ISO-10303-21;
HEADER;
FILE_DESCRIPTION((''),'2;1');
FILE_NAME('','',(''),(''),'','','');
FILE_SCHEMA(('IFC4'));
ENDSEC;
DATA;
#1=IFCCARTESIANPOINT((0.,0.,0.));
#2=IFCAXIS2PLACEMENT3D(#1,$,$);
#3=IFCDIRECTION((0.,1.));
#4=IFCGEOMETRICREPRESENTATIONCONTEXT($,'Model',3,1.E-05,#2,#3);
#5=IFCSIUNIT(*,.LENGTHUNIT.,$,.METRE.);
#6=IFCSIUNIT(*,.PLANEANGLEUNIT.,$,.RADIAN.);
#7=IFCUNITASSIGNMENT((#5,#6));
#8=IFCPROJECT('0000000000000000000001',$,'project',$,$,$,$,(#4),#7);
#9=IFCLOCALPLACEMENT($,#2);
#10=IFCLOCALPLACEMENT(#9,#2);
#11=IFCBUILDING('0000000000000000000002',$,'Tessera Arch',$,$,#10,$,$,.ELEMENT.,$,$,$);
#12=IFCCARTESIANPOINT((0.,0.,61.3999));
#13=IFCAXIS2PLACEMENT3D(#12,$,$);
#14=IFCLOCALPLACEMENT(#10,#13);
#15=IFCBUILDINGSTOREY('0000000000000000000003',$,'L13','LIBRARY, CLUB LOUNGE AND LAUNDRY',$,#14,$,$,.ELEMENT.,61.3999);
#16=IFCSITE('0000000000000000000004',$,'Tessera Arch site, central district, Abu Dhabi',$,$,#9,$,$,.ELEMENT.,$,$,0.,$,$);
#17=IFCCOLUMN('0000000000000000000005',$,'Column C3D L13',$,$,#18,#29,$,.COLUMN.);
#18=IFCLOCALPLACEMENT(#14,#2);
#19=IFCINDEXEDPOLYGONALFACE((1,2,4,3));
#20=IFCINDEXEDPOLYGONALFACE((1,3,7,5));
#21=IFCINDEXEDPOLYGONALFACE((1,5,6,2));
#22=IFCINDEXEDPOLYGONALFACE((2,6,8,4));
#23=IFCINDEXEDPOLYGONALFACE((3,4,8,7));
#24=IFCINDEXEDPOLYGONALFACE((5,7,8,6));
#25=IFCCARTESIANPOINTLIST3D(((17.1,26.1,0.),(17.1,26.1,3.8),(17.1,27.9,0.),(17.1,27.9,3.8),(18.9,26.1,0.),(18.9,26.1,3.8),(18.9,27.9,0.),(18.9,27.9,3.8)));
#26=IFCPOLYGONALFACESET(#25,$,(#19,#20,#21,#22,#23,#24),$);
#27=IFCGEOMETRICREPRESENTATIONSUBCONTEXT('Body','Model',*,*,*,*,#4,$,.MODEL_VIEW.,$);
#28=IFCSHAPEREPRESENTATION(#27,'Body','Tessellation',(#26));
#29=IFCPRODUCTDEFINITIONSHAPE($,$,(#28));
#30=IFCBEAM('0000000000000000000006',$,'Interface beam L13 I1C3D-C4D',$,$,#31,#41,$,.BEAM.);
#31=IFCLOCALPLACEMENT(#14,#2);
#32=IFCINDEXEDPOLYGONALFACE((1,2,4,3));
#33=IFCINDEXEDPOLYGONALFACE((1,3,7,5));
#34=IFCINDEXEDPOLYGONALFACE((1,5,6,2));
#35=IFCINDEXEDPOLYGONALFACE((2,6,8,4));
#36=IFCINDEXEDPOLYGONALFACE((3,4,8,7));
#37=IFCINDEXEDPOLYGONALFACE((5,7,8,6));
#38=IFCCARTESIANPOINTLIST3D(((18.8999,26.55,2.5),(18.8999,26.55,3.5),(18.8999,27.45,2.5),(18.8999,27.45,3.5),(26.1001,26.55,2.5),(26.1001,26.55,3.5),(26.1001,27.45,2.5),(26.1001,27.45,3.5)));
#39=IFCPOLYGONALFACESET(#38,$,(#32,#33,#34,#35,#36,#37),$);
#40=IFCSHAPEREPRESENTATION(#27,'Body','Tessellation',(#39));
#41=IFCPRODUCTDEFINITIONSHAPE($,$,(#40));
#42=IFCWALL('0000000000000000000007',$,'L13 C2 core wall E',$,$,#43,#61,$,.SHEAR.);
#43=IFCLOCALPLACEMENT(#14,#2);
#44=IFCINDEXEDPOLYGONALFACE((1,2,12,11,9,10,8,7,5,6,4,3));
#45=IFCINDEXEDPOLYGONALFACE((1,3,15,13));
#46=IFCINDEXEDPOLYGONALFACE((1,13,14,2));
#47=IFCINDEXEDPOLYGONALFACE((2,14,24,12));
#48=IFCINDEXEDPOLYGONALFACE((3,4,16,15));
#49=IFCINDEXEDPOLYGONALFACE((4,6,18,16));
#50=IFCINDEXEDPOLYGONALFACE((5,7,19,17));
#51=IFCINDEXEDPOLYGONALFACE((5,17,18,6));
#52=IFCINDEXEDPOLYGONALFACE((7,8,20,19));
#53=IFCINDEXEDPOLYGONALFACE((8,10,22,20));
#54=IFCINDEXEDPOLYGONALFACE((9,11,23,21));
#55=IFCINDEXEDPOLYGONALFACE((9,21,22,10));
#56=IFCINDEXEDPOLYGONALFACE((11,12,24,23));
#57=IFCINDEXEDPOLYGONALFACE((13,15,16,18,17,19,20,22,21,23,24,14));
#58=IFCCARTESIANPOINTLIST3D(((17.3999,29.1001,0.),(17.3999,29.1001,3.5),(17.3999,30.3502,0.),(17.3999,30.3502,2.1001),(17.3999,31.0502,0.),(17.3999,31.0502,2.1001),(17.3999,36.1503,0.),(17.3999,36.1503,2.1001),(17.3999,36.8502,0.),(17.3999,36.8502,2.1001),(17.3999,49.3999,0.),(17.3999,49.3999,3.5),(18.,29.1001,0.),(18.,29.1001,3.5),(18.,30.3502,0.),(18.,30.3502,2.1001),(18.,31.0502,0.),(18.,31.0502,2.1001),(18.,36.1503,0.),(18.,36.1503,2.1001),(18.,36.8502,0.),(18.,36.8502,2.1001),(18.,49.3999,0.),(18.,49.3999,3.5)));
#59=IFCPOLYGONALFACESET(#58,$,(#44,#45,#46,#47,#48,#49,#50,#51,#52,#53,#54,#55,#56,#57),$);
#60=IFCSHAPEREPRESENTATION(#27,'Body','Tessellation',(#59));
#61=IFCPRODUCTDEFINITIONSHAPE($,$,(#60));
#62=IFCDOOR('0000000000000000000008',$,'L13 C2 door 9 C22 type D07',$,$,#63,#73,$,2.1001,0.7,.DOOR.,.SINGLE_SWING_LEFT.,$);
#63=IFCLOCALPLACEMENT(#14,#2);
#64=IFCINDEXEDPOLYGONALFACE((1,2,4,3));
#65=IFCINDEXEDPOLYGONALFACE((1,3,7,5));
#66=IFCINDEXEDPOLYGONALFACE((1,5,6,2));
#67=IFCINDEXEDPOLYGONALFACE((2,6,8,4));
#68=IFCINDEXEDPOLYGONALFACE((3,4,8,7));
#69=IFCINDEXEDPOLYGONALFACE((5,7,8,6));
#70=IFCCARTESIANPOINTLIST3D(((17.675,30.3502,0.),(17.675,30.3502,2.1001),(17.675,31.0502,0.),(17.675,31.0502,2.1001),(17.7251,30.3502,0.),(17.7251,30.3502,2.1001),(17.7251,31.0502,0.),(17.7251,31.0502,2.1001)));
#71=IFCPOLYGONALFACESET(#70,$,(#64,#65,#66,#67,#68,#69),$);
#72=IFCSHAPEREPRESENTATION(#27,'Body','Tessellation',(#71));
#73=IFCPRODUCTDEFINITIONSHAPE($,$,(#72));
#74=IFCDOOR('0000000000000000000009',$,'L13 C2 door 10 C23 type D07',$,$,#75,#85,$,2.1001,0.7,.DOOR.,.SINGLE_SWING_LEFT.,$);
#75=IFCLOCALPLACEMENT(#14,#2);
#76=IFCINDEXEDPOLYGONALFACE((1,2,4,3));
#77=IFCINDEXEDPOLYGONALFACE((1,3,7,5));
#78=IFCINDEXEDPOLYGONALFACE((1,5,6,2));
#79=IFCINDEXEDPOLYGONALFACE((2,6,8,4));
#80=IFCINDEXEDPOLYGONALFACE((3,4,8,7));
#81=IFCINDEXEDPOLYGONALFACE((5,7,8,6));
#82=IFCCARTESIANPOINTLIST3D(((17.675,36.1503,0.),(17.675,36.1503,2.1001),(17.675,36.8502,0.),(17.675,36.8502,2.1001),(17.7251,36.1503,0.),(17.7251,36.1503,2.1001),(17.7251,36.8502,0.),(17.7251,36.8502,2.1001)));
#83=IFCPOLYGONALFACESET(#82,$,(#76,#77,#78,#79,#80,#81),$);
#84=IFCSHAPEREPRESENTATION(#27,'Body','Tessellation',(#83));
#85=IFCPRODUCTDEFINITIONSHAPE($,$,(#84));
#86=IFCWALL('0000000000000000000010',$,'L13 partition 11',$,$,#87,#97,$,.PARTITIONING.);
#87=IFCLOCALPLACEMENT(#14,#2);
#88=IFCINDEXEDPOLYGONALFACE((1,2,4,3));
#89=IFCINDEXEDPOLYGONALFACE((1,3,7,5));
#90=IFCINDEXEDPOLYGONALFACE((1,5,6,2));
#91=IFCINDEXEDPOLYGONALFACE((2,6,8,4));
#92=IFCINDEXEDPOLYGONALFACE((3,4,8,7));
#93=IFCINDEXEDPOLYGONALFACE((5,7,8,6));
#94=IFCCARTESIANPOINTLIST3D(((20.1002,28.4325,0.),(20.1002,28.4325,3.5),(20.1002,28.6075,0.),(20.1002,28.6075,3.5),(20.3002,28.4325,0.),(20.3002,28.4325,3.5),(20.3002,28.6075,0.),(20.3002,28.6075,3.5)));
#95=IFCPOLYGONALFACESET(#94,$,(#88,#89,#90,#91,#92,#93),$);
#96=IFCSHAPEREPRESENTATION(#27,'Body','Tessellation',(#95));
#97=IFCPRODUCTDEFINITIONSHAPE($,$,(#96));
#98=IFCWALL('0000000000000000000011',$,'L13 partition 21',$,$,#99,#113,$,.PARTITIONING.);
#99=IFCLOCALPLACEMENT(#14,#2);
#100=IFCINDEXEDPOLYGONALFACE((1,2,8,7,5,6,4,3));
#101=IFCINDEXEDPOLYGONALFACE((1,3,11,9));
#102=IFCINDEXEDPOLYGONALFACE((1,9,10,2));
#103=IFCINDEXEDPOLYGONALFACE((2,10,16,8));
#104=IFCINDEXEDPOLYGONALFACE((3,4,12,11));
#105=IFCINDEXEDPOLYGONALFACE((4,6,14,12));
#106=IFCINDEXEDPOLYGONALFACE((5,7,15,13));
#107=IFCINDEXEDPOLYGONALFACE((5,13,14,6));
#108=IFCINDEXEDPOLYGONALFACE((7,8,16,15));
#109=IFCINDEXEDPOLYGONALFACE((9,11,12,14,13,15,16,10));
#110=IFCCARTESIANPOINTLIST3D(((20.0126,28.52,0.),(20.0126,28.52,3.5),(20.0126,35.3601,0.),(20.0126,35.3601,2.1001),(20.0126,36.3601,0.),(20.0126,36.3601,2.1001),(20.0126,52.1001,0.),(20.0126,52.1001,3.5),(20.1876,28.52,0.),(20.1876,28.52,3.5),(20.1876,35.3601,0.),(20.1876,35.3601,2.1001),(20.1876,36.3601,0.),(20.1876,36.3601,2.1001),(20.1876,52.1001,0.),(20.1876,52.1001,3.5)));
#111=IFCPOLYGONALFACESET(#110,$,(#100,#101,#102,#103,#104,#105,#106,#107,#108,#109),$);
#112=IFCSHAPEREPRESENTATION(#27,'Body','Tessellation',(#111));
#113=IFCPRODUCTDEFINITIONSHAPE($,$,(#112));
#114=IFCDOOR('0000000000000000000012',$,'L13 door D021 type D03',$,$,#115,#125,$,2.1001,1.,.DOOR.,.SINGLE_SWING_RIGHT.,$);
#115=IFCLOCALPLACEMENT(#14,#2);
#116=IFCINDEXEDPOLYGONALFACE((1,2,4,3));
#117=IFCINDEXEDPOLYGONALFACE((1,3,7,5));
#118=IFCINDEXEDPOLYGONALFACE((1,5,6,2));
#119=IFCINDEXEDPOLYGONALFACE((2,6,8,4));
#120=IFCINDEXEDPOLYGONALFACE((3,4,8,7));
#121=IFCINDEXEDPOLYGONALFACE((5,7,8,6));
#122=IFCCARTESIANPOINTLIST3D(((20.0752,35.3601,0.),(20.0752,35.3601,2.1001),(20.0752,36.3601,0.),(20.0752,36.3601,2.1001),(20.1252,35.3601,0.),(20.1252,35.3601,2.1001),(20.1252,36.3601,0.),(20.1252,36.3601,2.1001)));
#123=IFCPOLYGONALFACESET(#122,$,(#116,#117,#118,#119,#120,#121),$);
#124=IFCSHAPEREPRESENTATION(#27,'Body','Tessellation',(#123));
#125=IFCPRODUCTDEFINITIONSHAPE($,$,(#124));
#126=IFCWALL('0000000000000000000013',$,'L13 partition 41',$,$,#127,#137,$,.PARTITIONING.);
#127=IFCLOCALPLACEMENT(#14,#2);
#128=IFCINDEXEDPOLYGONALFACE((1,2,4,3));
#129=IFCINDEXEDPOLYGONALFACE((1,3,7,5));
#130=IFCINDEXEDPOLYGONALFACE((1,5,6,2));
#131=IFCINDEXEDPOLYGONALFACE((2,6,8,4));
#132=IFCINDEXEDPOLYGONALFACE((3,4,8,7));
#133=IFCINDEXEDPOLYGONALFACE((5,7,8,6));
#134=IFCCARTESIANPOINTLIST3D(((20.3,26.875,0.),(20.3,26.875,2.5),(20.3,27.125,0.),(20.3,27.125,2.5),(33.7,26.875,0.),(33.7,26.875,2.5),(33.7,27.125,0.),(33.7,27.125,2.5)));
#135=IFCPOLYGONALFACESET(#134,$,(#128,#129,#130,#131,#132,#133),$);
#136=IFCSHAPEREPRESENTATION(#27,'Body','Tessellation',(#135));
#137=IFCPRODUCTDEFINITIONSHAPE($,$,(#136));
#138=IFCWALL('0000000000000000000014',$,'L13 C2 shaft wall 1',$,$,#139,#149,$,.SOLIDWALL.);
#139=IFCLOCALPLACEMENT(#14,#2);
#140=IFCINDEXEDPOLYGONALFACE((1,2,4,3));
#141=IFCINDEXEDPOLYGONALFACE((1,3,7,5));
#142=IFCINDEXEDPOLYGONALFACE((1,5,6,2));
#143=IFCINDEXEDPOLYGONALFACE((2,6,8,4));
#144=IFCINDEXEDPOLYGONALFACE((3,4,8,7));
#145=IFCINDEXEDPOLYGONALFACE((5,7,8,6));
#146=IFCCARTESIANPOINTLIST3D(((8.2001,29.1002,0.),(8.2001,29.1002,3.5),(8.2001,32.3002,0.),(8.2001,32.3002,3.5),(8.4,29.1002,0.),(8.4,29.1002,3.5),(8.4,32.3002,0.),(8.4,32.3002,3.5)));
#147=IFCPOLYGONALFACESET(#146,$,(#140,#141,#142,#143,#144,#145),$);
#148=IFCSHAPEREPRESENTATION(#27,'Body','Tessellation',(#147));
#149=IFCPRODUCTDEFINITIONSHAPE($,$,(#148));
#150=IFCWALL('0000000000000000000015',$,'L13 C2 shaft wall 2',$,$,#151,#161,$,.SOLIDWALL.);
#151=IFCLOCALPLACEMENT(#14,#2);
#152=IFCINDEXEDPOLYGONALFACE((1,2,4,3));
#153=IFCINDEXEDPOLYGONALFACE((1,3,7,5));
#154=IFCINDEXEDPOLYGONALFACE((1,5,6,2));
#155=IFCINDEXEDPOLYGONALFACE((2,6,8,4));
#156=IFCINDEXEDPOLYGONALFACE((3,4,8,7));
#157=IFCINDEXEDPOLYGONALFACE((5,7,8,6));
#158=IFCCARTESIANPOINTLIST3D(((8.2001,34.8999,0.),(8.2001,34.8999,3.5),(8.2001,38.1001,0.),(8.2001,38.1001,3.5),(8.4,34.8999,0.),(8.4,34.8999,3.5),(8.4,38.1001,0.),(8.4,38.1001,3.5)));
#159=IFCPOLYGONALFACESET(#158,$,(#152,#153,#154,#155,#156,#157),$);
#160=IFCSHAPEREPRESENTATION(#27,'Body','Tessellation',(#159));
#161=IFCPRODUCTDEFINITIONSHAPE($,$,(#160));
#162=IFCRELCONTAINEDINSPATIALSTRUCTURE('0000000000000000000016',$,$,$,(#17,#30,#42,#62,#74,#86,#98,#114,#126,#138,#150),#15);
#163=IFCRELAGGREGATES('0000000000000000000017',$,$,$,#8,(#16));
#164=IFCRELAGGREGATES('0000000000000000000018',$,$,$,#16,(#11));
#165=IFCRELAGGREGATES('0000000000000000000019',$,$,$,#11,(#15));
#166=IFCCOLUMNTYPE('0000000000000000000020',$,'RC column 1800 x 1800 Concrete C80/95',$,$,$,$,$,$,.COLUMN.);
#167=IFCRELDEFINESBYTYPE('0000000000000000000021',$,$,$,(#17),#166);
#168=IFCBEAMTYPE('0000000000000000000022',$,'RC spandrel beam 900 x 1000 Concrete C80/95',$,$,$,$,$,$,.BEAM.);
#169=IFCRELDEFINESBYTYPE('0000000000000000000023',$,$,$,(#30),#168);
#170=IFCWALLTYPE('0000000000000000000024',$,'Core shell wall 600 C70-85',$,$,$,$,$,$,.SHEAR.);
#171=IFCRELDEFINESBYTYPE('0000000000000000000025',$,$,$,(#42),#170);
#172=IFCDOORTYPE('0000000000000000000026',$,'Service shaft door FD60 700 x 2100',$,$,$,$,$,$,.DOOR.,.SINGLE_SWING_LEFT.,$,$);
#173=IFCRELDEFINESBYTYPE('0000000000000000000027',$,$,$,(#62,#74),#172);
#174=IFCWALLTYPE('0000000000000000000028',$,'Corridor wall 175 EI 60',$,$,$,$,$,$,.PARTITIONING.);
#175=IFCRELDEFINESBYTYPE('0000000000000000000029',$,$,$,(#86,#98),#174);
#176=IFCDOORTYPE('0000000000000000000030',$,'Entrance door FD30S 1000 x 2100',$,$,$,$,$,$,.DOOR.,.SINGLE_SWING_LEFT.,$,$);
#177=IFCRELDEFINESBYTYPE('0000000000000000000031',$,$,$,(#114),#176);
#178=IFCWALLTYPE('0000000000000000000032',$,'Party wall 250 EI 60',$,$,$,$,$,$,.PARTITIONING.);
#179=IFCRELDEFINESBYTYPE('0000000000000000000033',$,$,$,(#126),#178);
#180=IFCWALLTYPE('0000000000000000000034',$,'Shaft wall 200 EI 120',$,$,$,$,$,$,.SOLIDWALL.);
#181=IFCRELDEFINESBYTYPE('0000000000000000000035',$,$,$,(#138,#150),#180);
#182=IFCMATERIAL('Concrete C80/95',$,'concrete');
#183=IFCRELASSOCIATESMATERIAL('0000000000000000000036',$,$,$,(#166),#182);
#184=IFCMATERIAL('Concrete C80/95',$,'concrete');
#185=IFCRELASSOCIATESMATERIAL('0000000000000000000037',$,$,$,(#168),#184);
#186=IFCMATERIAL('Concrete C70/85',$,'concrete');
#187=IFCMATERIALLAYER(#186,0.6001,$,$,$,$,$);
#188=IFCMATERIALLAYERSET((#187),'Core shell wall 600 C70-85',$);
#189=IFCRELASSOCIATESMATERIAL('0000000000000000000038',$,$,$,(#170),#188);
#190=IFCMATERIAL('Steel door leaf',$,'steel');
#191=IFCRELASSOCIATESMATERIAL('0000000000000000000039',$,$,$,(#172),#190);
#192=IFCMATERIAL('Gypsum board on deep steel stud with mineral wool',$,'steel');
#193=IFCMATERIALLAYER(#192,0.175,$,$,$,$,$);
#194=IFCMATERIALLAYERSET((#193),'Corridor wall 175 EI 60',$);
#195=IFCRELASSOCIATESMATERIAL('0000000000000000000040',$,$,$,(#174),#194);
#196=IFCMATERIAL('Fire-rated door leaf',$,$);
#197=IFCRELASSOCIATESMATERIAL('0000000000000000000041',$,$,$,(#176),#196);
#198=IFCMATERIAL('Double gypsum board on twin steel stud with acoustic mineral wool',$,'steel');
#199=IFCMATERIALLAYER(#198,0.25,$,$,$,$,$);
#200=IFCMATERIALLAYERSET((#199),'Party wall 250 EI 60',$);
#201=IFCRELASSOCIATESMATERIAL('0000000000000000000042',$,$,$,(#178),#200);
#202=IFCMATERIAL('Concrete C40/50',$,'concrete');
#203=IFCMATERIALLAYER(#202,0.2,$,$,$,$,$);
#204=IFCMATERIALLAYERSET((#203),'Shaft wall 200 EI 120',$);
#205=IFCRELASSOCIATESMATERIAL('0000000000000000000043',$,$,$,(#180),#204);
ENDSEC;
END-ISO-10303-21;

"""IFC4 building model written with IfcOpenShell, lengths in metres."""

from ifc_helpers import new_model, si_unit, direction, frame, frame_2d, origin, origin_2d, place, context, subcontext, project, spatial, rectangle, extrude, material, layer, layer_set, material_profile, profile_set, type_object, element, fill, save


model = new_model("IFC4")

# Units and contexts
model_context = context("Model", 3, precision=1e-05, world=origin(), true_north=direction((0.0, 1.0)))
body_context = subcontext(model_context, "Body", "Model", "MODEL_VIEW")
ifc_project = project(units=[si_unit("LENGTHUNIT", "METRE"), si_unit("PLANEANGLEUNIT", "RADIAN")], contexts=[model_context])

# Site, building, storey
site_placement = place(None, origin())
site = spatial("IfcSite", under=ifc_project, at=site_placement, Name="Tessera Arch site, central district, Abu Dhabi", CompositionType="ELEMENT", RefElevation=0.0)
building_placement = place(site_placement, origin())
building = spatial("IfcBuilding", under=site, at=building_placement, Name="Tessera Arch", CompositionType="ELEMENT")
storey_placement = place(building_placement, frame((0.0, 0.0, 61.3999)))
storey = spatial("IfcBuildingStorey", under=building, at=storey_placement, Name="L13", Description="LIBRARY, CLUB LOUNGE AND LAUNDRY", CompositionType="ELEMENT", Elevation=61.3999)

# Column
ifc_material_1 = material(Name="Concrete C80/95", Category="concrete")
ifc_material_profile_1 = material_profile(ifc_material_1, rectangle(XDim=1.8, YDim=1.8, at=origin_2d()), Name="RC column 1800 x 1800 Concrete C80/95")
ifc_profile_set_1 = profile_set([ifc_material_profile_1], Name="Concrete C80/95")
column_type = type_object("IfcColumnType", Name="RC column 1800 x 1800 Concrete C80/95", PredefinedType="COLUMN", material=ifc_profile_set_1)
column_placement = place(storey_placement, frame((18.0, 27.0, 0.0), z_axis=(0.0, 0.0, 1.0), x_axis=(1.0, 0.0, 0.0)))
element("IfcColumn", 1, at=column_placement, inside=storey, type_object=column_type, Name="Column C3D L13", PredefinedType="COLUMN", context=body_context, shape_type="SweptSolid", body=[
    extrude(rectangle(XDim=1.8, YDim=1.8, at=origin_2d()), origin(), (0.0, 0.0, 1.0), 3.8),
])

# Beam
ifc_material_2 = material(Name="Concrete C80/95", Category="concrete")
ifc_material_profile_2 = material_profile(ifc_material_2, rectangle(XDim=0.8999, YDim=1.0, at=origin_2d()), Name="RC spandrel beam 900 x 1000 Concrete C80/95")
ifc_profile_set_2 = profile_set([ifc_material_profile_2], Name="Concrete C80/95")
beam_type = type_object("IfcBeamType", Name="RC spandrel beam 900 x 1000 Concrete C80/95", PredefinedType="BEAM", material=ifc_profile_set_2)
beam_placement = place(storey_placement, frame((18.8999, 27.0, 3.0), z_axis=(1.0, 0.0, 0.0), x_axis=(0.0, 1.0, 0.0)))
element("IfcBeam", 2, at=beam_placement, inside=storey, type_object=beam_type, Name="Interface beam L13 I1C3D-C4D", PredefinedType="BEAM", context=body_context, shape_type="SweptSolid", body=[
    extrude(rectangle(XDim=0.8999, YDim=1.0, at=origin_2d()), origin(), (0.0, 0.0, 1.0), 7.2002),
])

# Wall, openings, doors
ifc_material_3 = material(Name="Concrete C70/85", Category="concrete")
ifc_layer_1 = layer(ifc_material_3, 0.6001)
ifc_layer_set_1 = layer_set([ifc_layer_1], Name="Core shell wall 600 C70-85")
wall_type_1 = type_object("IfcWallType", Name="Core shell wall 600 C70-85", PredefinedType="SHEAR", material=ifc_layer_set_1)
wall_1_placement = place(storey_placement, frame((17.7, 29.1001, 0.0), z_axis=(0.0, 0.0, 1.0), x_axis=(0.0, 1.0, 0.0)))
wall_1 = element("IfcWall", 3, at=wall_1_placement, inside=storey, type_object=wall_type_1, Name="L13 C2 core wall E", PredefinedType="SHEAR", context=body_context, shape_type="SweptSolid", body=[
    extrude(rectangle(XDim=20.2998, YDim=0.6001, at=frame_2d((10.1499, 0.0))), origin(), (0.0, 0.0, 1.0), 3.5),
])
opening_1_placement = place(wall_1_placement, frame((1.25, 0.0, 0.0)))
opening_1 = element("IfcOpeningElement", 4, at=opening_1_placement, cuts=wall_1, PredefinedType="OPENING", context=body_context, shape_type="SweptSolid", body=[
    extrude(rectangle(XDim=0.7, YDim=2.1001, at=frame_2d((0.3501, 1.05))), frame((0.0, 0.3101, 0.0), z_axis=(0.0, -1.0, 0.0), x_axis=(1.0, 0.0, 0.0)), (0.0, 0.0, 1.0), 0.6201),
])
opening_2_placement = place(wall_1_placement, frame((7.05, 0.0, 0.0)))
opening_2 = element("IfcOpeningElement", 5, at=opening_2_placement, cuts=wall_1, PredefinedType="OPENING", context=body_context, shape_type="SweptSolid", body=[
    extrude(rectangle(XDim=0.7, YDim=2.1001, at=frame_2d((0.3501, 1.05))), frame((0.0, 0.3101, 0.0), z_axis=(0.0, -1.0, 0.0), x_axis=(1.0, 0.0, 0.0)), (0.0, 0.0, 1.0), 0.6201),
])
ifc_material_4 = material(Name="Steel door leaf", Category="steel")
door_type_1 = type_object("IfcDoorType", Name="Service shaft door FD60 700 x 2100", OperationType="SINGLE_SWING_LEFT", PredefinedType="DOOR", material=ifc_material_4)
door_1_placement = place(opening_1_placement, origin())
door_1 = element("IfcDoor", 6, at=door_1_placement, inside=storey, type_object=door_type_1, Name="L13 C2 door 9 C22 type D07", OperationType="SINGLE_SWING_LEFT", OverallHeight=2.1001, OverallWidth=0.7, PredefinedType="DOOR", context=body_context, shape_type="SweptSolid", body=[
    extrude(rectangle(XDim=0.7, YDim=2.1001, at=frame_2d((0.3501, 1.05))), frame((0.0, 0.0249, 0.0), z_axis=(0.0, -1.0, 0.0), x_axis=(1.0, 0.0, 0.0)), (0.0, 0.0, 1.0), 0.05),
])
fill(opening_1, door_1)
door_2_placement = place(opening_2_placement, origin())
door_2 = element("IfcDoor", 7, at=door_2_placement, inside=storey, type_object=door_type_1, Name="L13 C2 door 10 C23 type D07", OperationType="SINGLE_SWING_LEFT", OverallHeight=2.1001, OverallWidth=0.7, PredefinedType="DOOR", context=body_context, shape_type="SweptSolid", body=[
    extrude(rectangle(XDim=0.7, YDim=2.1001, at=frame_2d((0.3501, 1.05))), frame((0.0, 0.0249, 0.0), z_axis=(0.0, -1.0, 0.0), x_axis=(1.0, 0.0, 0.0)), (0.0, 0.0, 1.0), 0.05),
])
fill(opening_2, door_2)

# Wall
ifc_material_5 = material(Name="Gypsum board on deep steel stud with mineral wool", Category="steel")
ifc_layer_2 = layer(ifc_material_5, 0.175)
ifc_layer_set_2 = layer_set([ifc_layer_2], Name="Corridor wall 175 EI 60")
wall_type_2 = type_object("IfcWallType", Name="Corridor wall 175 EI 60", PredefinedType="PARTITIONING", material=ifc_layer_set_2)
wall_2_placement = place(storey_placement, frame((20.1001, 28.52, 0.0), z_axis=(0.0, 0.0, 1.0), x_axis=(1.0, 0.0, 0.0)))
element("IfcWall", 8, at=wall_2_placement, inside=storey, type_object=wall_type_2, Name="L13 partition 11", PredefinedType="PARTITIONING", context=body_context, shape_type="SweptSolid", body=[
    extrude(rectangle(XDim=0.2, YDim=0.175, at=frame_2d((0.1001, 0.0))), origin(), (0.0, 0.0, 1.0), 3.5),
])

# Wall, opening, door
wall_3_placement = place(storey_placement, frame((20.1001, 28.52, 0.0), z_axis=(0.0, 0.0, 1.0), x_axis=(0.0, 1.0, 0.0)))
wall_3 = element("IfcWall", 9, at=wall_3_placement, inside=storey, type_object=wall_type_2, Name="L13 partition 21", PredefinedType="PARTITIONING", context=body_context, shape_type="SweptSolid", body=[
    extrude(rectangle(XDim=23.5801, YDim=0.175, at=frame_2d((11.79, 0.0))), origin(), (0.0, 0.0, 1.0), 3.5),
])
opening_3_placement = place(wall_3_placement, frame((6.8401, 0.0, 0.0)))
opening_3 = element("IfcOpeningElement", 10, at=opening_3_placement, cuts=wall_3, PredefinedType="OPENING", context=body_context, shape_type="SweptSolid", body=[
    extrude(rectangle(XDim=1.0, YDim=2.1001, at=frame_2d((0.5, 1.05))), frame((0.0, 0.0974, 0.0), z_axis=(0.0, -1.0, 0.0), x_axis=(1.0, 0.0, 0.0)), (0.0, 0.0, 1.0), 0.1951),
])
ifc_material_6 = material(Name="Fire-rated door leaf")
door_type_2 = type_object("IfcDoorType", Name="Entrance door FD30S 1000 x 2100", OperationType="SINGLE_SWING_LEFT", PredefinedType="DOOR", material=ifc_material_6)
door_3_placement = place(opening_3_placement, origin())
door_3 = element("IfcDoor", 11, at=door_3_placement, inside=storey, type_object=door_type_2, Name="L13 door D021 type D03", OperationType="SINGLE_SWING_RIGHT", OverallHeight=2.1001, OverallWidth=1.0, PredefinedType="DOOR", context=body_context, shape_type="SweptSolid", body=[
    extrude(rectangle(XDim=1.0, YDim=2.1001, at=frame_2d((0.5, 1.05))), frame((0.0, 0.0249, 0.0), z_axis=(0.0, -1.0, 0.0), x_axis=(1.0, 0.0, 0.0)), (0.0, 0.0, 1.0), 0.05),
])
fill(opening_3, door_3)

# Walls
ifc_material_7 = material(Name="Double gypsum board on twin steel stud with acoustic mineral wool", Category="steel")
ifc_layer_3 = layer(ifc_material_7, 0.25)
ifc_layer_set_3 = layer_set([ifc_layer_3], Name="Party wall 250 EI 60")
wall_type_3 = type_object("IfcWallType", Name="Party wall 250 EI 60", PredefinedType="PARTITIONING", material=ifc_layer_set_3)
wall_4_placement = place(storey_placement, frame((20.3, 27.0, 0.0), z_axis=(0.0, 0.0, 1.0), x_axis=(1.0, 0.0, 0.0)))
element("IfcWall", 12, at=wall_4_placement, inside=storey, type_object=wall_type_3, Name="L13 partition 41", PredefinedType="PARTITIONING", context=body_context, shape_type="SweptSolid", body=[
    extrude(rectangle(XDim=13.3999, YDim=0.25, at=frame_2d((6.7, 0.0))), origin(), (0.0, 0.0, 1.0), 2.5),
])
ifc_material_8 = material(Name="Concrete C40/50", Category="concrete")
ifc_layer_4 = layer(ifc_material_8, 0.2)
ifc_layer_set_4 = layer_set([ifc_layer_4], Name="Shaft wall 200 EI 120")
wall_type_4 = type_object("IfcWallType", Name="Shaft wall 200 EI 120", PredefinedType="SOLIDWALL", material=ifc_layer_set_4)
wall_5_placement = place(storey_placement, frame((8.3, 29.1001, 0.0), z_axis=(0.0, 0.0, 1.0), x_axis=(0.0, 1.0, 0.0)))
element("IfcWall", 13, at=wall_5_placement, inside=storey, type_object=wall_type_4, Name="L13 C2 shaft wall 1", PredefinedType="SOLIDWALL", context=body_context, shape_type="SweptSolid", body=[
    extrude(rectangle(XDim=3.2, YDim=0.2, at=frame_2d((1.6001, 0.0))), origin(), (0.0, 0.0, 1.0), 3.5),
])
wall_6_placement = place(storey_placement, frame((8.3, 34.8999, 0.0), z_axis=(0.0, 0.0, 1.0), x_axis=(0.0, 1.0, 0.0)))
element("IfcWall", 14, at=wall_6_placement, inside=storey, type_object=wall_type_4, Name="L13 C2 shaft wall 2", PredefinedType="SOLIDWALL", context=body_context, shape_type="SweptSolid", body=[
    extrude(rectangle(XDim=3.2002, YDim=0.2, at=frame_2d((1.6001, 0.0))), origin(), (0.0, 0.0, 1.0), 3.5),
])

save(model, "model.ifc")
